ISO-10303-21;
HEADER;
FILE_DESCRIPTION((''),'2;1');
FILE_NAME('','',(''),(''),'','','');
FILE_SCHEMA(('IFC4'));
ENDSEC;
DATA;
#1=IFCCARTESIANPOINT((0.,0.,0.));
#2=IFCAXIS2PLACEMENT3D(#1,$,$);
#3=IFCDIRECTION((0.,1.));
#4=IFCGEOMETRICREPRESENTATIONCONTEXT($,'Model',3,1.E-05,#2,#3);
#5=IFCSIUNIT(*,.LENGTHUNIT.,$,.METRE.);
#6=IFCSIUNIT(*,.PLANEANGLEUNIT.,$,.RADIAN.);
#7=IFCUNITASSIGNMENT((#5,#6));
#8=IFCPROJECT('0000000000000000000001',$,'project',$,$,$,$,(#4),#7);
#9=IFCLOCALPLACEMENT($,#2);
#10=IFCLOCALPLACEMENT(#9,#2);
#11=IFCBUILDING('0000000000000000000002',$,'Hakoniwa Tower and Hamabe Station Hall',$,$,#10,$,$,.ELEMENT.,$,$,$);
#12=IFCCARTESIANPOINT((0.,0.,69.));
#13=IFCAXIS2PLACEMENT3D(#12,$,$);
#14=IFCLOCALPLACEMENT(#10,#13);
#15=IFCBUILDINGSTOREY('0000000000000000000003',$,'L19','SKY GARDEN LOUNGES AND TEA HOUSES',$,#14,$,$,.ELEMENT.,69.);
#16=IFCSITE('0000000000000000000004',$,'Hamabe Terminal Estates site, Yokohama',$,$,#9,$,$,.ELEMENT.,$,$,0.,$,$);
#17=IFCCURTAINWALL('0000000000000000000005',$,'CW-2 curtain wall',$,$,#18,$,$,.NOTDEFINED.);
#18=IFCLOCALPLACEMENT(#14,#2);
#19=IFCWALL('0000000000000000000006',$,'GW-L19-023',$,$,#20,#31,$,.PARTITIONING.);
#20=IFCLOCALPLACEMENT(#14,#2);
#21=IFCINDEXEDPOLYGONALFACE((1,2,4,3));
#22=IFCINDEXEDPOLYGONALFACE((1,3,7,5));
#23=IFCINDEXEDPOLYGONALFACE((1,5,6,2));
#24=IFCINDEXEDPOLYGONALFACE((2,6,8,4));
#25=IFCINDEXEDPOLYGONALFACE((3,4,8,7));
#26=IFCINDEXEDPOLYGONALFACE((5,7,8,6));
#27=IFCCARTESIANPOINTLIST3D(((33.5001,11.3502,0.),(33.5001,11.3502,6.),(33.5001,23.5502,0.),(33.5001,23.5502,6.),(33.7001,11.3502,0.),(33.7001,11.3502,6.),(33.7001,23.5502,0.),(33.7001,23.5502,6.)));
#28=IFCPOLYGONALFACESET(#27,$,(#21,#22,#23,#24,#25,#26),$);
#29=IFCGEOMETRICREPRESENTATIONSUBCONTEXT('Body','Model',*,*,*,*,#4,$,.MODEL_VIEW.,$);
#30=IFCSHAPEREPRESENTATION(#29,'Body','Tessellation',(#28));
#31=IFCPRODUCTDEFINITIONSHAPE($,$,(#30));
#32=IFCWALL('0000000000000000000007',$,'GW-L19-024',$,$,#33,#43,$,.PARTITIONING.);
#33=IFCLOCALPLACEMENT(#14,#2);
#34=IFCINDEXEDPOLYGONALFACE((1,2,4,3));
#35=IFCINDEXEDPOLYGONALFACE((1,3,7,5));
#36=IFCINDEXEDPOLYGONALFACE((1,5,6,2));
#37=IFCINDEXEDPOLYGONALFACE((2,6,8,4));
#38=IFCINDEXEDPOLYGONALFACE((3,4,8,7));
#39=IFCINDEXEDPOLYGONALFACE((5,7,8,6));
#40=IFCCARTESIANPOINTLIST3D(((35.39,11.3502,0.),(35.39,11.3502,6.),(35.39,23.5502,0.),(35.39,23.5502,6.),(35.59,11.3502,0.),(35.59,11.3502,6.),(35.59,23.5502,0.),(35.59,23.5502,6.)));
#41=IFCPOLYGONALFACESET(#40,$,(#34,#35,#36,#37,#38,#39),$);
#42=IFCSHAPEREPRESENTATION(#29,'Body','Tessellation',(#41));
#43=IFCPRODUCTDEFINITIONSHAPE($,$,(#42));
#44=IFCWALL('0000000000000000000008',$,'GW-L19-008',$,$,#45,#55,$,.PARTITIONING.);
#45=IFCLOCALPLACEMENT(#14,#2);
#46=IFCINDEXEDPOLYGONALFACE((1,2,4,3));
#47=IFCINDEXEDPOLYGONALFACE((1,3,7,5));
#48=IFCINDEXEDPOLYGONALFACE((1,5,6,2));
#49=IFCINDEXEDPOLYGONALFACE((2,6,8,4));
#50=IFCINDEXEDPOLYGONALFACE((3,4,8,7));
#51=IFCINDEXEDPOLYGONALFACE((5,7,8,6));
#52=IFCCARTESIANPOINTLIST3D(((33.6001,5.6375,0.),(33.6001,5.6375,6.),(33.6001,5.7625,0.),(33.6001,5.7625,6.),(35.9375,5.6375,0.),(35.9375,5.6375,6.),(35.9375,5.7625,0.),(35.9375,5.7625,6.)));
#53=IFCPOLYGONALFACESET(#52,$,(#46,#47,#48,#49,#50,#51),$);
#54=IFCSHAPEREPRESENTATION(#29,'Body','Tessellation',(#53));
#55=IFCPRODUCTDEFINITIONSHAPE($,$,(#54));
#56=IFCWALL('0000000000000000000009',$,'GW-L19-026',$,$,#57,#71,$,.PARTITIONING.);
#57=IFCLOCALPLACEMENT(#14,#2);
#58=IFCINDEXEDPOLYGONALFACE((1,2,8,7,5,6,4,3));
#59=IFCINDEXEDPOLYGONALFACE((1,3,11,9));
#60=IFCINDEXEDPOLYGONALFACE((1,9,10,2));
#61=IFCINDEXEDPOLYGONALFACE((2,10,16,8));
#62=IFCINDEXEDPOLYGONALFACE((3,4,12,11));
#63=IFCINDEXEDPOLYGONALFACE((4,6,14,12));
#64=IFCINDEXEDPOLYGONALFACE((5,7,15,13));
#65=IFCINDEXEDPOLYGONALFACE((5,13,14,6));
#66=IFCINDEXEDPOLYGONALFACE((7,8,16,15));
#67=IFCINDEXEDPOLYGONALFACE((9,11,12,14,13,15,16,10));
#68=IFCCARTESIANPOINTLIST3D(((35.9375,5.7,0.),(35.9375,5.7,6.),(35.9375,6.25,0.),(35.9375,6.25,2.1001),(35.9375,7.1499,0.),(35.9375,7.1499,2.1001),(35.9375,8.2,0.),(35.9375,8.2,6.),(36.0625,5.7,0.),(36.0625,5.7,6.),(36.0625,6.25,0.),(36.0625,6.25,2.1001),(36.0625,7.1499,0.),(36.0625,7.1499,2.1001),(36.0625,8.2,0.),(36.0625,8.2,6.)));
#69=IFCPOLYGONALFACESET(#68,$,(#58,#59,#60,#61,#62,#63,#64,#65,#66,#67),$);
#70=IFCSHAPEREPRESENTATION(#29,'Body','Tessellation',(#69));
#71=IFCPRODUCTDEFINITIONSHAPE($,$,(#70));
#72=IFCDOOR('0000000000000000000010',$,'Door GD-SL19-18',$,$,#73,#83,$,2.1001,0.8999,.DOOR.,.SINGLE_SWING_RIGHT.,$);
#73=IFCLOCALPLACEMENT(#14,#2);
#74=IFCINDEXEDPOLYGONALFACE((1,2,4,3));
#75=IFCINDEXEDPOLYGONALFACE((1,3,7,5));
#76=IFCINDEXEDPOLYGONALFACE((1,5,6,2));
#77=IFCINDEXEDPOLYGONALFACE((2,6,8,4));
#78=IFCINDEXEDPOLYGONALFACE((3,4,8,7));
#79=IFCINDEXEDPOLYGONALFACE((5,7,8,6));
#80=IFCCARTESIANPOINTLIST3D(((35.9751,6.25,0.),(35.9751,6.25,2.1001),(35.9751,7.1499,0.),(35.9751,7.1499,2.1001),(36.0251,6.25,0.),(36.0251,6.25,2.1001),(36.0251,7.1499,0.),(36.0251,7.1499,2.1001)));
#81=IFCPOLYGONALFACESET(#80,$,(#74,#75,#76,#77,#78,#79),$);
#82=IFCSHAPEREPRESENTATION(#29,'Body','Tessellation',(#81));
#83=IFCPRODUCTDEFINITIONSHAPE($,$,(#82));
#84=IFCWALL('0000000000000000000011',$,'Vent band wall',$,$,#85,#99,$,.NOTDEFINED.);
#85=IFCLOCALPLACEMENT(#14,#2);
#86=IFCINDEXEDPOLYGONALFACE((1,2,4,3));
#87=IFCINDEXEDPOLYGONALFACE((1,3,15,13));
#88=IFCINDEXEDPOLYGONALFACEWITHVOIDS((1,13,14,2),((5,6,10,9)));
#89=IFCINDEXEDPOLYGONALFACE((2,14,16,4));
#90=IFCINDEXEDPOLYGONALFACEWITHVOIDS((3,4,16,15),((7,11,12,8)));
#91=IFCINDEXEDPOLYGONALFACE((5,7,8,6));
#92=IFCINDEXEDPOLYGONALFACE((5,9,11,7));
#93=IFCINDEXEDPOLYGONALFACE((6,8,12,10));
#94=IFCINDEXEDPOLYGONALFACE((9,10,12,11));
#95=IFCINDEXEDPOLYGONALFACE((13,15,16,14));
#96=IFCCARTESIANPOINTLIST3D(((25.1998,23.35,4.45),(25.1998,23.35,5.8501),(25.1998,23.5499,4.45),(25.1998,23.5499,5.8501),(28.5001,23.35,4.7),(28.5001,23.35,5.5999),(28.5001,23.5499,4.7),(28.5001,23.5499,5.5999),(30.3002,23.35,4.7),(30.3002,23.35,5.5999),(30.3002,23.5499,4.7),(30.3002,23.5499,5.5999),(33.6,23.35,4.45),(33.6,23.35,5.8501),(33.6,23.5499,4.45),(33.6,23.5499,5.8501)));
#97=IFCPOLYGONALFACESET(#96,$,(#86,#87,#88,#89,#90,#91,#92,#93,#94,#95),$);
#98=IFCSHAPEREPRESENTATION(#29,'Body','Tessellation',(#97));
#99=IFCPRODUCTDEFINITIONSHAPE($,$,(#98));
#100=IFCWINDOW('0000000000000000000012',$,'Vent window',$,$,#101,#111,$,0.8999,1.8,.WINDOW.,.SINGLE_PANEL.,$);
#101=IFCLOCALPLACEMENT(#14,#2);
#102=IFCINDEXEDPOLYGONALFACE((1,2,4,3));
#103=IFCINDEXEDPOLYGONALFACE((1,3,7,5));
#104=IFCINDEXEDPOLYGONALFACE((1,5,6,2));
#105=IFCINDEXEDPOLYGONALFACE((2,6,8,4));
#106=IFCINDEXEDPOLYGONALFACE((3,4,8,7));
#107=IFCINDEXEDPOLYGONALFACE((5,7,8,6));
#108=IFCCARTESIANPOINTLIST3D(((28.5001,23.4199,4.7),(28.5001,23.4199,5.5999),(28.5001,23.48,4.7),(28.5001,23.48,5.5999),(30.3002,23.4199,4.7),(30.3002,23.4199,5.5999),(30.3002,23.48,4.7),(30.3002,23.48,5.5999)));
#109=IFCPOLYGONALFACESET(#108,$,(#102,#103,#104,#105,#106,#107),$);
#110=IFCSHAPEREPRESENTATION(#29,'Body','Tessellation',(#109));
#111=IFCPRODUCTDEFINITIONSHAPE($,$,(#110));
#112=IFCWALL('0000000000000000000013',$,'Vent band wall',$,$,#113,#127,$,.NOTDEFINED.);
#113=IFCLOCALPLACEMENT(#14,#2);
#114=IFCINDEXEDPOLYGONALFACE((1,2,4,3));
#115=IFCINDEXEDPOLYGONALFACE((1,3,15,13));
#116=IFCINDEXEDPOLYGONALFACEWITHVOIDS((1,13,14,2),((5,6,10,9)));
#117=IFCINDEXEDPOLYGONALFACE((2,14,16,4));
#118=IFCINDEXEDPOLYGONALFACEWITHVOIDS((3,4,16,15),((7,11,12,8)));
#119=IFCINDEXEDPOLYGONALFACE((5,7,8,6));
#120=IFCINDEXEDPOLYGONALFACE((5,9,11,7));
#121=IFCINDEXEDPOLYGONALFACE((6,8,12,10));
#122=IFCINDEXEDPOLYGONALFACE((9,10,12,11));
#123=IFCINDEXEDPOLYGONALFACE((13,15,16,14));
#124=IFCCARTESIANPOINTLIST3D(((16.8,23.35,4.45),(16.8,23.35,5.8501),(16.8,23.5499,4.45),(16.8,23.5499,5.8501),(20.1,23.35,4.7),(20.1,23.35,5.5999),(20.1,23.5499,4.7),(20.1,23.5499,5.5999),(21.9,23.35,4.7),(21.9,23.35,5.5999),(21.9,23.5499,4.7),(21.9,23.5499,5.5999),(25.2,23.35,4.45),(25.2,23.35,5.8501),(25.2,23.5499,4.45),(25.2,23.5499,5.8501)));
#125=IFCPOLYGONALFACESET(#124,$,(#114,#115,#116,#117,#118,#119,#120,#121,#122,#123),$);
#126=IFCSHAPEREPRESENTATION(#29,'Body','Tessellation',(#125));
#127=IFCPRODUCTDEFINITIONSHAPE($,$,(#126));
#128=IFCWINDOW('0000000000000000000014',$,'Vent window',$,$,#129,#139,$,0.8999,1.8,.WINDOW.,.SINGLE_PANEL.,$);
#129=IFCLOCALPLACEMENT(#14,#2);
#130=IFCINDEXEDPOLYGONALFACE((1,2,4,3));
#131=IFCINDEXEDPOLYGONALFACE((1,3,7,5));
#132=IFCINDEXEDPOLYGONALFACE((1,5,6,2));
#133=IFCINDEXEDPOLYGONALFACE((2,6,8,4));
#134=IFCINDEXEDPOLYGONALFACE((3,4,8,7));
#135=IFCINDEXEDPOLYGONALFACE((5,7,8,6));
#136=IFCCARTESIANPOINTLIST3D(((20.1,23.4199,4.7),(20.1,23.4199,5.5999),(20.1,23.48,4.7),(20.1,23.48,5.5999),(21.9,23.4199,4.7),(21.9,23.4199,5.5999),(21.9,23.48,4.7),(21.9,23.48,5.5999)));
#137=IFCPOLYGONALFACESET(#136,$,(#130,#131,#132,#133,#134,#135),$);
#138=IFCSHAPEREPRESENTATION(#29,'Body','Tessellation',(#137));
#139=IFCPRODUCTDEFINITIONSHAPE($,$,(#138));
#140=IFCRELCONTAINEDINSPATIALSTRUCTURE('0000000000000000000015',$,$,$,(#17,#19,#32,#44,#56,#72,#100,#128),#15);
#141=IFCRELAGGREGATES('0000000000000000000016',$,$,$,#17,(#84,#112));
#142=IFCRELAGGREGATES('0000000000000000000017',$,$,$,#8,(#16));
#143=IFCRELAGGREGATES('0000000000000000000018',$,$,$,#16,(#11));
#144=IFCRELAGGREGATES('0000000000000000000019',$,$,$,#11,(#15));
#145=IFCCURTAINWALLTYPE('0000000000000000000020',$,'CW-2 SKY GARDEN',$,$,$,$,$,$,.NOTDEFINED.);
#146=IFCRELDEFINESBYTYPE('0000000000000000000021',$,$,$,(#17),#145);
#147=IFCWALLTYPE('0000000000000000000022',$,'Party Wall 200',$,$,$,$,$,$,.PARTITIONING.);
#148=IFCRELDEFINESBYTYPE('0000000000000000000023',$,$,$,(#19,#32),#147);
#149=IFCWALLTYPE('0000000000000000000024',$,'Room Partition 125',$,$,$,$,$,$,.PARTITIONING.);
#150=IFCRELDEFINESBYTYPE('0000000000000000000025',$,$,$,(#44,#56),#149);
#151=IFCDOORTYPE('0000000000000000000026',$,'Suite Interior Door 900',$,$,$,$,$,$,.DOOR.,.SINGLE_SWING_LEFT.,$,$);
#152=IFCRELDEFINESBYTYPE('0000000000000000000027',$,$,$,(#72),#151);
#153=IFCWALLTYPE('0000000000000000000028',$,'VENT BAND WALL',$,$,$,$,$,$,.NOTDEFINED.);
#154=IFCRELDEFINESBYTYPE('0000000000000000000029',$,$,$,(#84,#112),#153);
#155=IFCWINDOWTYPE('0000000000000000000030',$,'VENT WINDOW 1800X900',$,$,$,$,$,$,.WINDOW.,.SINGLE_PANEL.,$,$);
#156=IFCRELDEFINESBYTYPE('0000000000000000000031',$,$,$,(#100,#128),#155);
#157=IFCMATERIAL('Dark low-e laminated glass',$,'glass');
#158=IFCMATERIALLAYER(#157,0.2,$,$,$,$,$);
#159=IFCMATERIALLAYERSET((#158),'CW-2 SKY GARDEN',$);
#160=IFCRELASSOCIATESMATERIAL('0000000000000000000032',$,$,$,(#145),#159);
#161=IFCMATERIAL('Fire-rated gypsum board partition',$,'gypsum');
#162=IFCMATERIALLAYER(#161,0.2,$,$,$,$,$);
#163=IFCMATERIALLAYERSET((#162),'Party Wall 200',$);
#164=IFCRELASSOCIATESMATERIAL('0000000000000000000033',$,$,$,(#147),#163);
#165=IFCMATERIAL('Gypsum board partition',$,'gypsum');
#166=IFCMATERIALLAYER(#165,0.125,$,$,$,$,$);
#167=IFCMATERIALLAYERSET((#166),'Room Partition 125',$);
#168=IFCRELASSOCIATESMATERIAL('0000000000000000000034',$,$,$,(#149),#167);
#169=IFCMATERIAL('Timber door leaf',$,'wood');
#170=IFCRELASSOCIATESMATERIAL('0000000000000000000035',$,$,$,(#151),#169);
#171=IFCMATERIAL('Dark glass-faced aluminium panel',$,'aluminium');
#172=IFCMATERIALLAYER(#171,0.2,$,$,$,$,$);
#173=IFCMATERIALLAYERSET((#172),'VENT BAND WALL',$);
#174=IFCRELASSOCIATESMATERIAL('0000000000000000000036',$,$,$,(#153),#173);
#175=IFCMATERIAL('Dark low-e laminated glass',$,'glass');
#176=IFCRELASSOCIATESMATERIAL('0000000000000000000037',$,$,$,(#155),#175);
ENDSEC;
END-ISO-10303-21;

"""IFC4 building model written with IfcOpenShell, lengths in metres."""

from ifc_helpers import new_model, si_unit, direction, frame, frame_2d, origin, place, context, subcontext, project, spatial, rectangle, extrude, material, layer, layer_set, type_object, element, fill, aggregate, save


model = new_model("IFC4")

# Units and contexts
model_context = context("Model", 3, precision=1e-05, world=origin(), true_north=direction((0.0, 1.0)))
body_context = subcontext(model_context, "Body", "Model", "MODEL_VIEW")
ifc_project = project(units=[si_unit("LENGTHUNIT", "METRE"), si_unit("PLANEANGLEUNIT", "RADIAN")], contexts=[model_context])

# Site, building, storey
site_placement = place(None, origin())
site = spatial("IfcSite", under=ifc_project, at=site_placement, Name="Hamabe Terminal Estates site, Yokohama", CompositionType="ELEMENT", RefElevation=0.0)
building_placement = place(site_placement, origin())
building = spatial("IfcBuilding", under=site, at=building_placement, Name="Hakoniwa Tower and Hamabe Station Hall", CompositionType="ELEMENT")
storey_placement = place(building_placement, frame((0.0, 0.0, 69.0)))
storey = spatial("IfcBuildingStorey", under=building, at=storey_placement, Name="L19", Description="SKY GARDEN LOUNGES AND TEA HOUSES", CompositionType="ELEMENT", Elevation=69.0)

# Curtain wall
ifc_material_1 = material(Name="Dark low-e laminated glass", Category="glass")
ifc_layer_1 = layer(ifc_material_1, 0.2)
ifc_layer_set_1 = layer_set([ifc_layer_1], Name="CW-2 SKY GARDEN")
curtain_wall_type = type_object("IfcCurtainWallType", Name="CW-2 SKY GARDEN", PredefinedType="NOTDEFINED", material=ifc_layer_set_1)
curtain_wall_placement = place(storey_placement, origin())
curtain_wall = element("IfcCurtainWall", 1, at=curtain_wall_placement, inside=storey, type_object=curtain_wall_type, Name="CW-2 curtain wall", PredefinedType="NOTDEFINED")

# Walls
ifc_material_2 = material(Name="Fire-rated gypsum board partition", Category="gypsum")
ifc_layer_2 = layer(ifc_material_2, 0.2)
ifc_layer_set_2 = layer_set([ifc_layer_2], Name="Party Wall 200")
wall_type_1 = type_object("IfcWallType", Name="Party Wall 200", PredefinedType="PARTITIONING", material=ifc_layer_set_2)
for number, where, z_axis, x_axis, name in (
    (2, (33.6001, 11.3501, 0.0), (0.0, 0.0, 1.0), (0.0, 1.0, 0.0), "GW-L19-023"),
    (3, (35.49, 11.3501, 0.0), (0.0, 0.0, 1.0), (0.0, 1.0, 0.0), "GW-L19-024"),
):
    element("IfcWall", number, at=place(storey_placement, frame(where, z_axis=z_axis, x_axis=x_axis)), inside=storey, type_object=wall_type_1, Name=name, PredefinedType="PARTITIONING", context=body_context, shape_type="SweptSolid", body=[
        extrude(rectangle(XDim=12.2, YDim=0.2, at=frame_2d((6.1001, 0.0))), origin(), (0.0, 0.0, 1.0), 6.0),
    ])
ifc_material_3 = material(Name="Gypsum board partition", Category="gypsum")
ifc_layer_3 = layer(ifc_material_3, 0.125)
ifc_layer_set_3 = layer_set([ifc_layer_3], Name="Room Partition 125")
wall_type_2 = type_object("IfcWallType", Name="Room Partition 125", PredefinedType="PARTITIONING", material=ifc_layer_set_3)
wall_1_placement = place(storey_placement, frame((33.6001, 5.7, 0.0), z_axis=(0.0, 0.0, 1.0), x_axis=(1.0, 0.0, 0.0)))
element("IfcWall", 4, at=wall_1_placement, inside=storey, type_object=wall_type_2, Name="GW-L19-008", PredefinedType="PARTITIONING", context=body_context, shape_type="SweptSolid", body=[
    extrude(rectangle(XDim=2.3374, YDim=0.125, at=frame_2d((1.1687, 0.0))), origin(), (0.0, 0.0, 1.0), 6.0),
])

# Wall, opening, door
wall_2_placement = place(storey_placement, frame((36.0, 5.7, 0.0), z_axis=(0.0, 0.0, 1.0), x_axis=(0.0, 1.0, 0.0)))
wall_2 = element("IfcWall", 5, at=wall_2_placement, inside=storey, type_object=wall_type_2, Name="GW-L19-026", PredefinedType="PARTITIONING", context=body_context, shape_type="SweptSolid", body=[
    extrude(rectangle(XDim=2.5, YDim=0.125, at=frame_2d((1.25, 0.0))), origin(), (0.0, 0.0, 1.0), 6.0),
])
opening_1_placement = place(wall_2_placement, frame((0.55, 0.0, 0.0)))
opening_1 = element("IfcOpeningElement", 6, at=opening_1_placement, cuts=wall_2, PredefinedType="OPENING", context=body_context, shape_type="SweptSolid", body=[
    extrude(rectangle(XDim=0.8999, YDim=2.1001, at=frame_2d((0.45, 1.05))), frame((0.0, 0.0725, 0.0), z_axis=(0.0, -1.0, 0.0), x_axis=(1.0, 0.0, 0.0)), (0.0, 0.0, 1.0), 0.145),
])
ifc_material_4 = material(Name="Timber door leaf", Category="wood")
door_type_1 = type_object("IfcDoorType", Name="Suite Interior Door 900", OperationType="SINGLE_SWING_LEFT", PredefinedType="DOOR", material=ifc_material_4)
door_1_placement = place(opening_1_placement, origin())
door_1 = element("IfcDoor", 7, at=door_1_placement, inside=storey, type_object=door_type_1, Name="Door GD-SL19-18", OperationType="SINGLE_SWING_RIGHT", OverallHeight=2.1001, OverallWidth=0.8999, PredefinedType="DOOR", context=body_context, shape_type="SweptSolid", body=[
    extrude(rectangle(XDim=0.8999, YDim=2.1001, at=frame_2d((0.45, 1.05))), frame((0.0, 0.0249, 0.0), z_axis=(0.0, -1.0, 0.0), x_axis=(1.0, 0.0, 0.0)), (0.0, 0.0, 1.0), 0.05),
])
fill(opening_1, door_1)

# Walls, openings, windows
ifc_material_5 = material(Name="Dark glass-faced aluminium panel", Category="aluminium")
ifc_layer_4 = layer(ifc_material_5, 0.2)
ifc_layer_set_4 = layer_set([ifc_layer_4], Name="VENT BAND WALL")
wall_type_3 = type_object("IfcWallType", Name="VENT BAND WALL", PredefinedType="NOTDEFINED", material=ifc_layer_set_4)
wall_3_placement = place(storey_placement, frame((33.6001, 23.45, 4.45), z_axis=(0.0, 0.0, 1.0), x_axis=(-1.0, 0.0, 0.0)))
wall_3 = element("IfcWall", 8, at=wall_3_placement, type_object=wall_type_3, Name="Vent band wall", PredefinedType="NOTDEFINED", context=body_context, shape_type="SweptSolid", body=[
    extrude(rectangle(XDim=8.4001, YDim=0.2, at=frame_2d((4.2002, 0.0))), origin(), (0.0, 0.0, 1.0), 1.4001),
])
opening_2_placement = place(wall_3_placement, frame((3.3, 0.0, 0.25)))
opening_2 = element("IfcOpeningElement", 9, at=opening_2_placement, cuts=wall_3, PredefinedType="OPENING", context=body_context, shape_type="SweptSolid", body=[
    extrude(rectangle(XDim=1.8, YDim=0.8999, at=frame_2d((0.8999, 0.45))), frame((0.0, 0.1099, 0.0), z_axis=(0.0, -1.0, 0.0), x_axis=(1.0, 0.0, 0.0)), (0.0, 0.0, 1.0), 0.22),
])
ifc_material_6 = material(Name="Dark low-e laminated glass", Category="glass")
window_type = type_object("IfcWindowType", Name="VENT WINDOW 1800X900", PartitioningType="SINGLE_PANEL", PredefinedType="WINDOW", material=ifc_material_6)
window_1_placement = place(opening_2_placement, origin())
window_1 = element("IfcWindow", 10, at=window_1_placement, inside=storey, type_object=window_type, Name="Vent window", OverallHeight=0.8999, OverallWidth=1.8, PartitioningType="SINGLE_PANEL", PredefinedType="WINDOW", context=body_context, shape_type="SweptSolid", body=[
    extrude(rectangle(XDim=1.8, YDim=0.8999, at=frame_2d((0.8999, 0.45))), frame((0.0, 0.03, 0.0), z_axis=(0.0, -1.0, 0.0), x_axis=(1.0, 0.0, 0.0)), (0.0, 0.0, 1.0), 0.0601),
])
fill(opening_2, window_1)
wall_4_placement = place(storey_placement, frame((25.2, 23.45, 4.45), z_axis=(0.0, 0.0, 1.0), x_axis=(-1.0, 0.0, 0.0)))
wall_4 = element("IfcWall", 11, at=wall_4_placement, type_object=wall_type_3, Name="Vent band wall", PredefinedType="NOTDEFINED", context=body_context, shape_type="SweptSolid", body=[
    extrude(rectangle(XDim=8.3999, YDim=0.2, at=frame_2d((4.2, 0.0))), origin(), (0.0, 0.0, 1.0), 1.4001),
])
opening_3_placement = place(wall_4_placement, frame((3.3, 0.0, 0.25)))
opening_3 = element("IfcOpeningElement", 12, at=opening_3_placement, cuts=wall_4, PredefinedType="OPENING", context=body_context, shape_type="SweptSolid", body=[
    extrude(rectangle(XDim=1.8, YDim=0.8999, at=frame_2d((0.8999, 0.45))), frame((0.0, 0.1099, 0.0), z_axis=(0.0, -1.0, 0.0), x_axis=(1.0, 0.0, 0.0)), (0.0, 0.0, 1.0), 0.22),
])
window_2_placement = place(opening_3_placement, origin())
window_2 = element("IfcWindow", 13, at=window_2_placement, inside=storey, type_object=window_type, Name="Vent window", OverallHeight=0.8999, OverallWidth=1.8, PartitioningType="SINGLE_PANEL", PredefinedType="WINDOW", context=body_context, shape_type="SweptSolid", body=[
    extrude(rectangle(XDim=1.8, YDim=0.8999, at=frame_2d((0.8999, 0.45))), frame((0.0, 0.03, 0.0), z_axis=(0.0, -1.0, 0.0), x_axis=(1.0, 0.0, 0.0)), (0.0, 0.0, 1.0), 0.0601),
])
fill(opening_3, window_2)
aggregate(curtain_wall, [wall_3, wall_4])

save(model, "model.ifc")
